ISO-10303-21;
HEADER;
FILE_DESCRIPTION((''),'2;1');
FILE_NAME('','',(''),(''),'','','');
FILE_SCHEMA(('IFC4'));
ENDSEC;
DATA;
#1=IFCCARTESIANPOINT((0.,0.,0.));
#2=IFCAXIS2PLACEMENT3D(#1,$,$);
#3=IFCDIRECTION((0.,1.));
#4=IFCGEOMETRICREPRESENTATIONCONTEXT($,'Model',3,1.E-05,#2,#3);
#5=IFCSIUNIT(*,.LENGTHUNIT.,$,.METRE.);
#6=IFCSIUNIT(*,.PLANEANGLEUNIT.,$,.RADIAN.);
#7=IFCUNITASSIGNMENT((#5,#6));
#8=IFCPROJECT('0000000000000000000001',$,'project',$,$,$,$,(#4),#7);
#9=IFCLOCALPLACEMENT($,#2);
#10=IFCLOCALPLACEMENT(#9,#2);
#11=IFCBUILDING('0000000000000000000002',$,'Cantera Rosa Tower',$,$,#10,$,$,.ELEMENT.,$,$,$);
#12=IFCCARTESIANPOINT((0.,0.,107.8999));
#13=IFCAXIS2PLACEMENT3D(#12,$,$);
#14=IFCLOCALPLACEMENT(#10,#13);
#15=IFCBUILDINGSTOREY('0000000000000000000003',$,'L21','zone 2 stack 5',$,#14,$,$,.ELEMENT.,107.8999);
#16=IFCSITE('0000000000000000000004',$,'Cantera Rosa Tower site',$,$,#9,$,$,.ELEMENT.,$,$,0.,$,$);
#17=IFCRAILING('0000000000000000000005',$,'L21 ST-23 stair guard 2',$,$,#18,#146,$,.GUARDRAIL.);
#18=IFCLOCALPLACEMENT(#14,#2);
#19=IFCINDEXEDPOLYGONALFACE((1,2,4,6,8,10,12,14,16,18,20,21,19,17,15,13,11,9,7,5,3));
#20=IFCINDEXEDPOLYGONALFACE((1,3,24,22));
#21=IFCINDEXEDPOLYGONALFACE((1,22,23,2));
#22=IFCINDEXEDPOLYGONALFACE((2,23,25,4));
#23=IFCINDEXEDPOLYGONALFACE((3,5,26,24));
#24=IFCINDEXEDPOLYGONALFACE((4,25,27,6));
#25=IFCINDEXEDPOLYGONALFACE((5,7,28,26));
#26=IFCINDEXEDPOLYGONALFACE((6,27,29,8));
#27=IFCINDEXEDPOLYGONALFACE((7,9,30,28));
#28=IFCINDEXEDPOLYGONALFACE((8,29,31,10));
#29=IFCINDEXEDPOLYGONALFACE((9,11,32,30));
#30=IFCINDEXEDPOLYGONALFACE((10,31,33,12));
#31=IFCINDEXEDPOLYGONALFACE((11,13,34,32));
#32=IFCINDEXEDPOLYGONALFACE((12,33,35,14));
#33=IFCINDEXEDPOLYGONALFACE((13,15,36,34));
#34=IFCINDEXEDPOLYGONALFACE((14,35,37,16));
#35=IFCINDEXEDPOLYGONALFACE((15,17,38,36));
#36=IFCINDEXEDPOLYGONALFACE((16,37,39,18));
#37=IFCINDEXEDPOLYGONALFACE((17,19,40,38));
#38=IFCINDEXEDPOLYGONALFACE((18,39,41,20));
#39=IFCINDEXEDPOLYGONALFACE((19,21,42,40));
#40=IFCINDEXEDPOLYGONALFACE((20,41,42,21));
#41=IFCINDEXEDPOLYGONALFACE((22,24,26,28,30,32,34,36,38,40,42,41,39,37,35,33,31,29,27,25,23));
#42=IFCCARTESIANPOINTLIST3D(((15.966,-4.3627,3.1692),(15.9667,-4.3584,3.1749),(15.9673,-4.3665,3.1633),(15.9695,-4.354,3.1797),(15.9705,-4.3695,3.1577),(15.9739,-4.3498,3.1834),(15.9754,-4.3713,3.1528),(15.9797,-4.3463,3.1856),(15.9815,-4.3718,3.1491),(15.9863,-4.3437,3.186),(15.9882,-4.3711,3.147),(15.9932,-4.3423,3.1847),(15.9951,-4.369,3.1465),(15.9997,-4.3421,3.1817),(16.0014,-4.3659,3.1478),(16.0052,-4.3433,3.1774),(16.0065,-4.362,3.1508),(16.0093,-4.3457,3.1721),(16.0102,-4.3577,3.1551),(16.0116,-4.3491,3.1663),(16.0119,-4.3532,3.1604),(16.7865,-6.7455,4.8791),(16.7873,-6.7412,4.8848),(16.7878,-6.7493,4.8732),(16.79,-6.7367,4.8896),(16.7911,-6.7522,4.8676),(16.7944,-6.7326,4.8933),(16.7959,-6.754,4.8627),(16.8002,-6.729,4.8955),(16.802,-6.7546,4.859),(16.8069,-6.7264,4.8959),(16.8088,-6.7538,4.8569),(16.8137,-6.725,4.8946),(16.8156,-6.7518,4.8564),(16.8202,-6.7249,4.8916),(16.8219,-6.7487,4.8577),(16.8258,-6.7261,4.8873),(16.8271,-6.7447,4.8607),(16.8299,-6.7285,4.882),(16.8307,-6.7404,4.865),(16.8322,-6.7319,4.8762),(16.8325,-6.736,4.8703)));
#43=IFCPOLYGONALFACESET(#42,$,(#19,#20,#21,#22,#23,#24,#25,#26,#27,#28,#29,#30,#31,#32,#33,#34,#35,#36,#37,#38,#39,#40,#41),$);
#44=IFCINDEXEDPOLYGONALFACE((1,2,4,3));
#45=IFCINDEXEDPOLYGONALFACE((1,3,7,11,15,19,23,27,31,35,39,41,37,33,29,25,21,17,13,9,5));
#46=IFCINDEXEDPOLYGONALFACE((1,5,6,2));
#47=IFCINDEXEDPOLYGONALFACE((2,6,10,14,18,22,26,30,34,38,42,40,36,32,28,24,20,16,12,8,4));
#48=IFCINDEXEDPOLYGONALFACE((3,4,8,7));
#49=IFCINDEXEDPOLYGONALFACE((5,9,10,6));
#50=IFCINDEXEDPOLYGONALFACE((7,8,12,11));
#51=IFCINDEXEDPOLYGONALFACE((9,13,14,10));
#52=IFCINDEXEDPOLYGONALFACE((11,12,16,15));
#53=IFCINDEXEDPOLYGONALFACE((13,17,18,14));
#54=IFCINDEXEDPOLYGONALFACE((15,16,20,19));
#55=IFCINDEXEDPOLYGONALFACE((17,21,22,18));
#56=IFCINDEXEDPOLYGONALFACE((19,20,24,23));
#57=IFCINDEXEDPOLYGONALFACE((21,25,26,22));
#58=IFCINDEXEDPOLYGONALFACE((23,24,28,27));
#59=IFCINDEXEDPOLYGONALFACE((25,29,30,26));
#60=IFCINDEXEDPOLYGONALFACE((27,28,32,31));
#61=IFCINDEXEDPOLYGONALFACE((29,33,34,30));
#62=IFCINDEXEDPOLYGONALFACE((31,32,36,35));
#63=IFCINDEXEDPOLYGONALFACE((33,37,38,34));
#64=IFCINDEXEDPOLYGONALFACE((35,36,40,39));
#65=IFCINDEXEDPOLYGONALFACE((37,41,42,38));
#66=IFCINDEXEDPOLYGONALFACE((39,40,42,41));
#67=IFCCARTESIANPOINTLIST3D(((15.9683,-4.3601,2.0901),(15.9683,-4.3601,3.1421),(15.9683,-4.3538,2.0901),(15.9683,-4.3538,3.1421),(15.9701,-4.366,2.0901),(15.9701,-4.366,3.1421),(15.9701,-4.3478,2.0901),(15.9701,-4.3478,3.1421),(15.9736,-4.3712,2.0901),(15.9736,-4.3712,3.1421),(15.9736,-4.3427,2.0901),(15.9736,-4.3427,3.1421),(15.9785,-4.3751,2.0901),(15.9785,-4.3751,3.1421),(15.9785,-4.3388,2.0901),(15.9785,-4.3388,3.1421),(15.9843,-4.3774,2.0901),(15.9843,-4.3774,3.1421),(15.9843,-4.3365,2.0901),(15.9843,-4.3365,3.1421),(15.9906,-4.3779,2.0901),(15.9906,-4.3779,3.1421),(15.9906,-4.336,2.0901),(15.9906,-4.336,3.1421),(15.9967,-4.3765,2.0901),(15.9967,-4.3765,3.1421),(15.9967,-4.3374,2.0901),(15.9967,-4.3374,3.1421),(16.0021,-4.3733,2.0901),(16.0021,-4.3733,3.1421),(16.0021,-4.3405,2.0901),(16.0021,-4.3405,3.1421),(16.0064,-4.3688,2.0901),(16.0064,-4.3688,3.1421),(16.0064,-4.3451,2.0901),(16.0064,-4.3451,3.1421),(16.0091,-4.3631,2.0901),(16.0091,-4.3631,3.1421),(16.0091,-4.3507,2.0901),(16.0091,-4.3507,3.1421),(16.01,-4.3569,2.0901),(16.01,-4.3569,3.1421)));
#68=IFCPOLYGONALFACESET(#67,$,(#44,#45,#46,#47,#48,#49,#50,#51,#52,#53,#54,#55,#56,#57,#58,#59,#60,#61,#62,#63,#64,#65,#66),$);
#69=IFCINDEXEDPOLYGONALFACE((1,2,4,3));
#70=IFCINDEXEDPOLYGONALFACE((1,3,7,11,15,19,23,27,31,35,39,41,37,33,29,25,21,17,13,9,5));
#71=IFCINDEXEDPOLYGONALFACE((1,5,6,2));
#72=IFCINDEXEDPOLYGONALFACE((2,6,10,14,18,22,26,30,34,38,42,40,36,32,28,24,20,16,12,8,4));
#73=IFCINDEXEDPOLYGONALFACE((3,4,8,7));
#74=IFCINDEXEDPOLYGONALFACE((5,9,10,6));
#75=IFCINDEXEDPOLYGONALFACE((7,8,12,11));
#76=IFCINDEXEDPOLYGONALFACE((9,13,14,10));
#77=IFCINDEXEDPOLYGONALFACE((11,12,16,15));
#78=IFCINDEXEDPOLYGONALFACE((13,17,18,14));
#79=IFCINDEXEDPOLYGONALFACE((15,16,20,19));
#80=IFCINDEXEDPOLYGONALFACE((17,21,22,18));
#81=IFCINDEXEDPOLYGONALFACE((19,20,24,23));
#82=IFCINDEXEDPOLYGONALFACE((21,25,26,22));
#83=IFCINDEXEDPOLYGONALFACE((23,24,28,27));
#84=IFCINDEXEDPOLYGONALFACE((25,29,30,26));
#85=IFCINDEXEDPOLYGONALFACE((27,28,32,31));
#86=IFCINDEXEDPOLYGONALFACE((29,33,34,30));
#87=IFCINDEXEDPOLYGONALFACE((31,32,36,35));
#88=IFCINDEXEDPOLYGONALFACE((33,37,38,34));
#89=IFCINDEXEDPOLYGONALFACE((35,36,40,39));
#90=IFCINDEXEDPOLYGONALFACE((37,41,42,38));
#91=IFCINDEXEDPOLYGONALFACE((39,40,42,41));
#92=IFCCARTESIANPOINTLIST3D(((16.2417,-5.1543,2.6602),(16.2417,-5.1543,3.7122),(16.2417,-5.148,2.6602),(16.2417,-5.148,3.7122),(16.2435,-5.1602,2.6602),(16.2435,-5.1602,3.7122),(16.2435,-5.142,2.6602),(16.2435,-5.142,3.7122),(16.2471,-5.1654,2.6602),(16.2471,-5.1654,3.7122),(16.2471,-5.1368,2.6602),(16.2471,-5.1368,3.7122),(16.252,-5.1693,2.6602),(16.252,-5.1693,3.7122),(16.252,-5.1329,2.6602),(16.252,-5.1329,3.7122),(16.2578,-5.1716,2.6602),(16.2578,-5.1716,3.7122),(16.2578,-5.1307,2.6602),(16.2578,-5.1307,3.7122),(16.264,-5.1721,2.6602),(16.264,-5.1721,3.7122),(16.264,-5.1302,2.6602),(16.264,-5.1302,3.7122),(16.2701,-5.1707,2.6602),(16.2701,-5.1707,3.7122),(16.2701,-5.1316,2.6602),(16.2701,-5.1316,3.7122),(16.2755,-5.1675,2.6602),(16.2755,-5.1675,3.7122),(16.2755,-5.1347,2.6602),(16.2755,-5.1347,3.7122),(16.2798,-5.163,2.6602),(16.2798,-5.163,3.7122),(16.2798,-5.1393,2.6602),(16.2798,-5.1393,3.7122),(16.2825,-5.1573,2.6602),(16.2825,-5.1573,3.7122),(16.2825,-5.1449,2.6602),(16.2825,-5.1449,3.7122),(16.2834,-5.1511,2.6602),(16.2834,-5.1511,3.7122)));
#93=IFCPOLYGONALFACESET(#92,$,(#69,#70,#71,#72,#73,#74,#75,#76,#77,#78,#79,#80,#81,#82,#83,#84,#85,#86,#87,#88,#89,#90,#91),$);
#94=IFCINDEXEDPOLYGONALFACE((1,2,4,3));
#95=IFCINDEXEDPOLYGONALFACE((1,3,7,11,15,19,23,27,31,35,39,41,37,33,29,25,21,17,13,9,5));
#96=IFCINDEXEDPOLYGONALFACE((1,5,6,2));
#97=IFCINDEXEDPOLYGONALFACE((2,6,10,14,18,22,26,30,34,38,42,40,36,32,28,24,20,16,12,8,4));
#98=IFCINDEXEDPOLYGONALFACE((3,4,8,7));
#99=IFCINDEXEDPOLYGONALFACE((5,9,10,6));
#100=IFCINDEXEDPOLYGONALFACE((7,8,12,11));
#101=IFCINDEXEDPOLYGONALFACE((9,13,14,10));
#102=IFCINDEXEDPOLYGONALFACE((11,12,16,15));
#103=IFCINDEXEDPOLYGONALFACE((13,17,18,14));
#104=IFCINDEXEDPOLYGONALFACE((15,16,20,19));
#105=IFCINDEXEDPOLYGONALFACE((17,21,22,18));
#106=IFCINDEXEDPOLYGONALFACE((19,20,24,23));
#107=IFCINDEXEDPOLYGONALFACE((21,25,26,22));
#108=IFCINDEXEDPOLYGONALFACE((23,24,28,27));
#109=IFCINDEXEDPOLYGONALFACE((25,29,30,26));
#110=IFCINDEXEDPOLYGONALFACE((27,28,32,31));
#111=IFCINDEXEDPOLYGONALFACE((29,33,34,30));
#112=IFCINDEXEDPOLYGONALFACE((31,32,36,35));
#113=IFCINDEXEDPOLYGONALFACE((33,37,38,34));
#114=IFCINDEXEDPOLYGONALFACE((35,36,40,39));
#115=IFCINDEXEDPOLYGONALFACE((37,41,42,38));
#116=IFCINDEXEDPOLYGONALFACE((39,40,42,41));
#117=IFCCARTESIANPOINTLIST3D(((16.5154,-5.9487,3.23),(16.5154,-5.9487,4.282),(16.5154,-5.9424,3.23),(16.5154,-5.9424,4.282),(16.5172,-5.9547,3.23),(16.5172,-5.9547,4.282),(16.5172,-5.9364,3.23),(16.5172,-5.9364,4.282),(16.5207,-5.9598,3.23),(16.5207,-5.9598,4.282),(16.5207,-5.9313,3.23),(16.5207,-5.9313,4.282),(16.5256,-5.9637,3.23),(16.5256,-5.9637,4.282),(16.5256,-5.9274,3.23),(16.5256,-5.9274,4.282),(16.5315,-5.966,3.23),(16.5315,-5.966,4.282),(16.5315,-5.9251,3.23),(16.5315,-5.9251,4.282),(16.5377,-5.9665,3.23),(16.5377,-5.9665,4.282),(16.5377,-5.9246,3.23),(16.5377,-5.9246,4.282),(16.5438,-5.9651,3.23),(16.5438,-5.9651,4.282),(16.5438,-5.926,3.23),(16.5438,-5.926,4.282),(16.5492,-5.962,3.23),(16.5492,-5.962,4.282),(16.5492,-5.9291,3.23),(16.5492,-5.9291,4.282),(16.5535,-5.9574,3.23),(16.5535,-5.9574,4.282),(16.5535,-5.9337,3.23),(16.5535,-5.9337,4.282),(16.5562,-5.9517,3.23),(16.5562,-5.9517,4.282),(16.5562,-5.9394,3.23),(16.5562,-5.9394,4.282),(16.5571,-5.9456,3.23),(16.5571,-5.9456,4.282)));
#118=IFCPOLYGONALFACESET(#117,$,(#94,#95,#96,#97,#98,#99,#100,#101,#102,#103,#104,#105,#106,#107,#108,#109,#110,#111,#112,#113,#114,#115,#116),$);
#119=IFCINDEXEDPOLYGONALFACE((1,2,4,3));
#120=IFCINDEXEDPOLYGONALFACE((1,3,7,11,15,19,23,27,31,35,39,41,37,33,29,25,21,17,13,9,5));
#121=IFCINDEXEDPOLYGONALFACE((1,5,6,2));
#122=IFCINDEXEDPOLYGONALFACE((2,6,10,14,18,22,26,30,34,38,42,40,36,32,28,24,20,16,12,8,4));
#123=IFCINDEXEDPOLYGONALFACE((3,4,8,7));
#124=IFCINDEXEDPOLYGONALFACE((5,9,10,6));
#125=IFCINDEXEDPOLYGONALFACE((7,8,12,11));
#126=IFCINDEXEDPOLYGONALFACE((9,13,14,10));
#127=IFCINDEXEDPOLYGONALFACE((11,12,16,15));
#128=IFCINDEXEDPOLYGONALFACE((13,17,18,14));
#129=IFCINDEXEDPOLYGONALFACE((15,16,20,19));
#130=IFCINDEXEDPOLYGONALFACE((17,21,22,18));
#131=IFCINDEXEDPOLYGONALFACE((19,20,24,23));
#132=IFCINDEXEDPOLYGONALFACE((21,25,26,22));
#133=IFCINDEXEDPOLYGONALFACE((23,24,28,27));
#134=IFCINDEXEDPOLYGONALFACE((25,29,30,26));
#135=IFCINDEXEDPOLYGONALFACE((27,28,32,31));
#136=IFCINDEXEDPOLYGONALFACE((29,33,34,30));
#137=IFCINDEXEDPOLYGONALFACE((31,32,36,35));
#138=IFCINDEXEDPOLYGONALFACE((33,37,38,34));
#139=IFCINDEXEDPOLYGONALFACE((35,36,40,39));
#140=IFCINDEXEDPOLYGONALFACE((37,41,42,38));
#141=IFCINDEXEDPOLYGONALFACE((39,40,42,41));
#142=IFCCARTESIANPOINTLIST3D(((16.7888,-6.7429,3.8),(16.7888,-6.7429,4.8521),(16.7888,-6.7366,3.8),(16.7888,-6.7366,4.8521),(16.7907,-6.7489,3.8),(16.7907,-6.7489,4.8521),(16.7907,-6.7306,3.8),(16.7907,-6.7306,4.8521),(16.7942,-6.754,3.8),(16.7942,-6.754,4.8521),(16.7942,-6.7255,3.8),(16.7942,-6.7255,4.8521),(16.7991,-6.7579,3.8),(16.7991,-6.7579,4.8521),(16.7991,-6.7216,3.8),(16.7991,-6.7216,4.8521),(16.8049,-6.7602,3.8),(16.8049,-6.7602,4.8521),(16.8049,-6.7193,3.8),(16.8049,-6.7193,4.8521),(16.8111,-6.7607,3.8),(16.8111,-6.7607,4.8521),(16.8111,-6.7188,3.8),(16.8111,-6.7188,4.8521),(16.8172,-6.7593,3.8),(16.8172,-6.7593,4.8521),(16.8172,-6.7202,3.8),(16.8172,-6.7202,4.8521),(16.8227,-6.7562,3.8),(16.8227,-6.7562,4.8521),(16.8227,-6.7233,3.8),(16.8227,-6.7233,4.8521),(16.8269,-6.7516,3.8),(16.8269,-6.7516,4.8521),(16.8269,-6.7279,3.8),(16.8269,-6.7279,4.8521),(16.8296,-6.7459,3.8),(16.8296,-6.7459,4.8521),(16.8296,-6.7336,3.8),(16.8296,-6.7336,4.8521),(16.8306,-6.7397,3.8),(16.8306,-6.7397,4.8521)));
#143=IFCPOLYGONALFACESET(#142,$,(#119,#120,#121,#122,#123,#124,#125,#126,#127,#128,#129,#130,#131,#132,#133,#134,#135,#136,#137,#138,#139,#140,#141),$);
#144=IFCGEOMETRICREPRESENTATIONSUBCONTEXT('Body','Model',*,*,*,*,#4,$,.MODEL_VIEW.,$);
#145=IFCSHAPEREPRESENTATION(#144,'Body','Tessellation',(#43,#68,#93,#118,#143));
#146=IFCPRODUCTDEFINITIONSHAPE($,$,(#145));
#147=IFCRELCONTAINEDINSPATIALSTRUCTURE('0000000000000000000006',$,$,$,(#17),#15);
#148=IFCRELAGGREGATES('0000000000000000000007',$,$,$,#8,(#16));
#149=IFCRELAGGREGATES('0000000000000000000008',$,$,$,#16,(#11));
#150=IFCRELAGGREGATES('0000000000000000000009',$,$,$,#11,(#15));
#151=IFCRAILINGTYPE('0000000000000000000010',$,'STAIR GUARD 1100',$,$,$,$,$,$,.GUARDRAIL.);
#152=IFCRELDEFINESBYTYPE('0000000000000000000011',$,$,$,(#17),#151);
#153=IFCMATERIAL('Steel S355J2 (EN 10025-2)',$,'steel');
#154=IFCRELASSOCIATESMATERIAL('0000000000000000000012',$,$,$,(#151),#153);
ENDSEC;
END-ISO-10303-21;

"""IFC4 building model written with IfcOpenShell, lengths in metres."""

from ifc_helpers import new_model, si_unit, direction, frame, origin, origin_2d, place, context, subcontext, project, spatial, circle, extrude, material, type_object, element, save


model = new_model("IFC4")

# Units and contexts
model_context = context("Model", 3, precision=1e-05, world=origin(), true_north=direction((0.0, 1.0)))
body_context = subcontext(model_context, "Body", "Model", "MODEL_VIEW")
ifc_project = project(units=[si_unit("LENGTHUNIT", "METRE"), si_unit("PLANEANGLEUNIT", "RADIAN")], contexts=[model_context])

# Site, building, storey
site_placement = place(None, origin())
site = spatial("IfcSite", under=ifc_project, at=site_placement, Name="Cantera Rosa Tower site", CompositionType="ELEMENT", RefElevation=0.0)
building_placement = place(site_placement, origin())
building = spatial("IfcBuilding", under=site, at=building_placement, Name="Cantera Rosa Tower", CompositionType="ELEMENT")
storey_placement = place(building_placement, frame((0.0, 0.0, 107.8999)))
storey = spatial("IfcBuildingStorey", under=building, at=storey_placement, Name="L21", Description="zone 2 stack 5", CompositionType="ELEMENT", Elevation=107.8999)

# Railing
ifc_material_1 = material(Name="Steel S355J2 (EN 10025-2)", Category="steel")
railing_type_1 = type_object("IfcRailingType", Name="STAIR GUARD 1100", PredefinedType="GUARDRAIL", material=ifc_material_1)
railing_1_placement = place(storey_placement, frame((15.989, -4.3569, 2.0901)))
element("IfcRailing", 1, at=railing_1_placement, inside=storey, type_object=railing_type_1, Name="L21 ST-23 stair guard 2", PredefinedType="GUARDRAIL", context=body_context, shape_type="SweptSolid", body=[
    extrude(circle(Radius=0.0239, at=origin_2d()), frame((0.0, 0.0, 1.0762), z_axis=(0.269432, -0.782404, 0.561471), x_axis=(0.945508, 0.3256, 0.0)), (0.0, 0.0, 1.0), 3.0454),
    extrude(circle(Radius=0.021, at=origin_2d()), origin(), (0.0, 0.0, 1.0), 1.052),
    extrude(circle(Radius=0.021, at=origin_2d()), frame((0.2734, -0.7942, 0.5701)), (0.0, 0.0, 1.0), 1.052),
    extrude(circle(Radius=0.021, at=origin_2d()), frame((0.5471, -1.5886, 1.1399)), (0.0, 0.0, 1.0), 1.052),
    extrude(circle(Radius=0.021, at=origin_2d()), frame((0.8206, -2.3828, 1.71)), (0.0, 0.0, 1.0), 1.052),
])

save(model, "model.ifc")
